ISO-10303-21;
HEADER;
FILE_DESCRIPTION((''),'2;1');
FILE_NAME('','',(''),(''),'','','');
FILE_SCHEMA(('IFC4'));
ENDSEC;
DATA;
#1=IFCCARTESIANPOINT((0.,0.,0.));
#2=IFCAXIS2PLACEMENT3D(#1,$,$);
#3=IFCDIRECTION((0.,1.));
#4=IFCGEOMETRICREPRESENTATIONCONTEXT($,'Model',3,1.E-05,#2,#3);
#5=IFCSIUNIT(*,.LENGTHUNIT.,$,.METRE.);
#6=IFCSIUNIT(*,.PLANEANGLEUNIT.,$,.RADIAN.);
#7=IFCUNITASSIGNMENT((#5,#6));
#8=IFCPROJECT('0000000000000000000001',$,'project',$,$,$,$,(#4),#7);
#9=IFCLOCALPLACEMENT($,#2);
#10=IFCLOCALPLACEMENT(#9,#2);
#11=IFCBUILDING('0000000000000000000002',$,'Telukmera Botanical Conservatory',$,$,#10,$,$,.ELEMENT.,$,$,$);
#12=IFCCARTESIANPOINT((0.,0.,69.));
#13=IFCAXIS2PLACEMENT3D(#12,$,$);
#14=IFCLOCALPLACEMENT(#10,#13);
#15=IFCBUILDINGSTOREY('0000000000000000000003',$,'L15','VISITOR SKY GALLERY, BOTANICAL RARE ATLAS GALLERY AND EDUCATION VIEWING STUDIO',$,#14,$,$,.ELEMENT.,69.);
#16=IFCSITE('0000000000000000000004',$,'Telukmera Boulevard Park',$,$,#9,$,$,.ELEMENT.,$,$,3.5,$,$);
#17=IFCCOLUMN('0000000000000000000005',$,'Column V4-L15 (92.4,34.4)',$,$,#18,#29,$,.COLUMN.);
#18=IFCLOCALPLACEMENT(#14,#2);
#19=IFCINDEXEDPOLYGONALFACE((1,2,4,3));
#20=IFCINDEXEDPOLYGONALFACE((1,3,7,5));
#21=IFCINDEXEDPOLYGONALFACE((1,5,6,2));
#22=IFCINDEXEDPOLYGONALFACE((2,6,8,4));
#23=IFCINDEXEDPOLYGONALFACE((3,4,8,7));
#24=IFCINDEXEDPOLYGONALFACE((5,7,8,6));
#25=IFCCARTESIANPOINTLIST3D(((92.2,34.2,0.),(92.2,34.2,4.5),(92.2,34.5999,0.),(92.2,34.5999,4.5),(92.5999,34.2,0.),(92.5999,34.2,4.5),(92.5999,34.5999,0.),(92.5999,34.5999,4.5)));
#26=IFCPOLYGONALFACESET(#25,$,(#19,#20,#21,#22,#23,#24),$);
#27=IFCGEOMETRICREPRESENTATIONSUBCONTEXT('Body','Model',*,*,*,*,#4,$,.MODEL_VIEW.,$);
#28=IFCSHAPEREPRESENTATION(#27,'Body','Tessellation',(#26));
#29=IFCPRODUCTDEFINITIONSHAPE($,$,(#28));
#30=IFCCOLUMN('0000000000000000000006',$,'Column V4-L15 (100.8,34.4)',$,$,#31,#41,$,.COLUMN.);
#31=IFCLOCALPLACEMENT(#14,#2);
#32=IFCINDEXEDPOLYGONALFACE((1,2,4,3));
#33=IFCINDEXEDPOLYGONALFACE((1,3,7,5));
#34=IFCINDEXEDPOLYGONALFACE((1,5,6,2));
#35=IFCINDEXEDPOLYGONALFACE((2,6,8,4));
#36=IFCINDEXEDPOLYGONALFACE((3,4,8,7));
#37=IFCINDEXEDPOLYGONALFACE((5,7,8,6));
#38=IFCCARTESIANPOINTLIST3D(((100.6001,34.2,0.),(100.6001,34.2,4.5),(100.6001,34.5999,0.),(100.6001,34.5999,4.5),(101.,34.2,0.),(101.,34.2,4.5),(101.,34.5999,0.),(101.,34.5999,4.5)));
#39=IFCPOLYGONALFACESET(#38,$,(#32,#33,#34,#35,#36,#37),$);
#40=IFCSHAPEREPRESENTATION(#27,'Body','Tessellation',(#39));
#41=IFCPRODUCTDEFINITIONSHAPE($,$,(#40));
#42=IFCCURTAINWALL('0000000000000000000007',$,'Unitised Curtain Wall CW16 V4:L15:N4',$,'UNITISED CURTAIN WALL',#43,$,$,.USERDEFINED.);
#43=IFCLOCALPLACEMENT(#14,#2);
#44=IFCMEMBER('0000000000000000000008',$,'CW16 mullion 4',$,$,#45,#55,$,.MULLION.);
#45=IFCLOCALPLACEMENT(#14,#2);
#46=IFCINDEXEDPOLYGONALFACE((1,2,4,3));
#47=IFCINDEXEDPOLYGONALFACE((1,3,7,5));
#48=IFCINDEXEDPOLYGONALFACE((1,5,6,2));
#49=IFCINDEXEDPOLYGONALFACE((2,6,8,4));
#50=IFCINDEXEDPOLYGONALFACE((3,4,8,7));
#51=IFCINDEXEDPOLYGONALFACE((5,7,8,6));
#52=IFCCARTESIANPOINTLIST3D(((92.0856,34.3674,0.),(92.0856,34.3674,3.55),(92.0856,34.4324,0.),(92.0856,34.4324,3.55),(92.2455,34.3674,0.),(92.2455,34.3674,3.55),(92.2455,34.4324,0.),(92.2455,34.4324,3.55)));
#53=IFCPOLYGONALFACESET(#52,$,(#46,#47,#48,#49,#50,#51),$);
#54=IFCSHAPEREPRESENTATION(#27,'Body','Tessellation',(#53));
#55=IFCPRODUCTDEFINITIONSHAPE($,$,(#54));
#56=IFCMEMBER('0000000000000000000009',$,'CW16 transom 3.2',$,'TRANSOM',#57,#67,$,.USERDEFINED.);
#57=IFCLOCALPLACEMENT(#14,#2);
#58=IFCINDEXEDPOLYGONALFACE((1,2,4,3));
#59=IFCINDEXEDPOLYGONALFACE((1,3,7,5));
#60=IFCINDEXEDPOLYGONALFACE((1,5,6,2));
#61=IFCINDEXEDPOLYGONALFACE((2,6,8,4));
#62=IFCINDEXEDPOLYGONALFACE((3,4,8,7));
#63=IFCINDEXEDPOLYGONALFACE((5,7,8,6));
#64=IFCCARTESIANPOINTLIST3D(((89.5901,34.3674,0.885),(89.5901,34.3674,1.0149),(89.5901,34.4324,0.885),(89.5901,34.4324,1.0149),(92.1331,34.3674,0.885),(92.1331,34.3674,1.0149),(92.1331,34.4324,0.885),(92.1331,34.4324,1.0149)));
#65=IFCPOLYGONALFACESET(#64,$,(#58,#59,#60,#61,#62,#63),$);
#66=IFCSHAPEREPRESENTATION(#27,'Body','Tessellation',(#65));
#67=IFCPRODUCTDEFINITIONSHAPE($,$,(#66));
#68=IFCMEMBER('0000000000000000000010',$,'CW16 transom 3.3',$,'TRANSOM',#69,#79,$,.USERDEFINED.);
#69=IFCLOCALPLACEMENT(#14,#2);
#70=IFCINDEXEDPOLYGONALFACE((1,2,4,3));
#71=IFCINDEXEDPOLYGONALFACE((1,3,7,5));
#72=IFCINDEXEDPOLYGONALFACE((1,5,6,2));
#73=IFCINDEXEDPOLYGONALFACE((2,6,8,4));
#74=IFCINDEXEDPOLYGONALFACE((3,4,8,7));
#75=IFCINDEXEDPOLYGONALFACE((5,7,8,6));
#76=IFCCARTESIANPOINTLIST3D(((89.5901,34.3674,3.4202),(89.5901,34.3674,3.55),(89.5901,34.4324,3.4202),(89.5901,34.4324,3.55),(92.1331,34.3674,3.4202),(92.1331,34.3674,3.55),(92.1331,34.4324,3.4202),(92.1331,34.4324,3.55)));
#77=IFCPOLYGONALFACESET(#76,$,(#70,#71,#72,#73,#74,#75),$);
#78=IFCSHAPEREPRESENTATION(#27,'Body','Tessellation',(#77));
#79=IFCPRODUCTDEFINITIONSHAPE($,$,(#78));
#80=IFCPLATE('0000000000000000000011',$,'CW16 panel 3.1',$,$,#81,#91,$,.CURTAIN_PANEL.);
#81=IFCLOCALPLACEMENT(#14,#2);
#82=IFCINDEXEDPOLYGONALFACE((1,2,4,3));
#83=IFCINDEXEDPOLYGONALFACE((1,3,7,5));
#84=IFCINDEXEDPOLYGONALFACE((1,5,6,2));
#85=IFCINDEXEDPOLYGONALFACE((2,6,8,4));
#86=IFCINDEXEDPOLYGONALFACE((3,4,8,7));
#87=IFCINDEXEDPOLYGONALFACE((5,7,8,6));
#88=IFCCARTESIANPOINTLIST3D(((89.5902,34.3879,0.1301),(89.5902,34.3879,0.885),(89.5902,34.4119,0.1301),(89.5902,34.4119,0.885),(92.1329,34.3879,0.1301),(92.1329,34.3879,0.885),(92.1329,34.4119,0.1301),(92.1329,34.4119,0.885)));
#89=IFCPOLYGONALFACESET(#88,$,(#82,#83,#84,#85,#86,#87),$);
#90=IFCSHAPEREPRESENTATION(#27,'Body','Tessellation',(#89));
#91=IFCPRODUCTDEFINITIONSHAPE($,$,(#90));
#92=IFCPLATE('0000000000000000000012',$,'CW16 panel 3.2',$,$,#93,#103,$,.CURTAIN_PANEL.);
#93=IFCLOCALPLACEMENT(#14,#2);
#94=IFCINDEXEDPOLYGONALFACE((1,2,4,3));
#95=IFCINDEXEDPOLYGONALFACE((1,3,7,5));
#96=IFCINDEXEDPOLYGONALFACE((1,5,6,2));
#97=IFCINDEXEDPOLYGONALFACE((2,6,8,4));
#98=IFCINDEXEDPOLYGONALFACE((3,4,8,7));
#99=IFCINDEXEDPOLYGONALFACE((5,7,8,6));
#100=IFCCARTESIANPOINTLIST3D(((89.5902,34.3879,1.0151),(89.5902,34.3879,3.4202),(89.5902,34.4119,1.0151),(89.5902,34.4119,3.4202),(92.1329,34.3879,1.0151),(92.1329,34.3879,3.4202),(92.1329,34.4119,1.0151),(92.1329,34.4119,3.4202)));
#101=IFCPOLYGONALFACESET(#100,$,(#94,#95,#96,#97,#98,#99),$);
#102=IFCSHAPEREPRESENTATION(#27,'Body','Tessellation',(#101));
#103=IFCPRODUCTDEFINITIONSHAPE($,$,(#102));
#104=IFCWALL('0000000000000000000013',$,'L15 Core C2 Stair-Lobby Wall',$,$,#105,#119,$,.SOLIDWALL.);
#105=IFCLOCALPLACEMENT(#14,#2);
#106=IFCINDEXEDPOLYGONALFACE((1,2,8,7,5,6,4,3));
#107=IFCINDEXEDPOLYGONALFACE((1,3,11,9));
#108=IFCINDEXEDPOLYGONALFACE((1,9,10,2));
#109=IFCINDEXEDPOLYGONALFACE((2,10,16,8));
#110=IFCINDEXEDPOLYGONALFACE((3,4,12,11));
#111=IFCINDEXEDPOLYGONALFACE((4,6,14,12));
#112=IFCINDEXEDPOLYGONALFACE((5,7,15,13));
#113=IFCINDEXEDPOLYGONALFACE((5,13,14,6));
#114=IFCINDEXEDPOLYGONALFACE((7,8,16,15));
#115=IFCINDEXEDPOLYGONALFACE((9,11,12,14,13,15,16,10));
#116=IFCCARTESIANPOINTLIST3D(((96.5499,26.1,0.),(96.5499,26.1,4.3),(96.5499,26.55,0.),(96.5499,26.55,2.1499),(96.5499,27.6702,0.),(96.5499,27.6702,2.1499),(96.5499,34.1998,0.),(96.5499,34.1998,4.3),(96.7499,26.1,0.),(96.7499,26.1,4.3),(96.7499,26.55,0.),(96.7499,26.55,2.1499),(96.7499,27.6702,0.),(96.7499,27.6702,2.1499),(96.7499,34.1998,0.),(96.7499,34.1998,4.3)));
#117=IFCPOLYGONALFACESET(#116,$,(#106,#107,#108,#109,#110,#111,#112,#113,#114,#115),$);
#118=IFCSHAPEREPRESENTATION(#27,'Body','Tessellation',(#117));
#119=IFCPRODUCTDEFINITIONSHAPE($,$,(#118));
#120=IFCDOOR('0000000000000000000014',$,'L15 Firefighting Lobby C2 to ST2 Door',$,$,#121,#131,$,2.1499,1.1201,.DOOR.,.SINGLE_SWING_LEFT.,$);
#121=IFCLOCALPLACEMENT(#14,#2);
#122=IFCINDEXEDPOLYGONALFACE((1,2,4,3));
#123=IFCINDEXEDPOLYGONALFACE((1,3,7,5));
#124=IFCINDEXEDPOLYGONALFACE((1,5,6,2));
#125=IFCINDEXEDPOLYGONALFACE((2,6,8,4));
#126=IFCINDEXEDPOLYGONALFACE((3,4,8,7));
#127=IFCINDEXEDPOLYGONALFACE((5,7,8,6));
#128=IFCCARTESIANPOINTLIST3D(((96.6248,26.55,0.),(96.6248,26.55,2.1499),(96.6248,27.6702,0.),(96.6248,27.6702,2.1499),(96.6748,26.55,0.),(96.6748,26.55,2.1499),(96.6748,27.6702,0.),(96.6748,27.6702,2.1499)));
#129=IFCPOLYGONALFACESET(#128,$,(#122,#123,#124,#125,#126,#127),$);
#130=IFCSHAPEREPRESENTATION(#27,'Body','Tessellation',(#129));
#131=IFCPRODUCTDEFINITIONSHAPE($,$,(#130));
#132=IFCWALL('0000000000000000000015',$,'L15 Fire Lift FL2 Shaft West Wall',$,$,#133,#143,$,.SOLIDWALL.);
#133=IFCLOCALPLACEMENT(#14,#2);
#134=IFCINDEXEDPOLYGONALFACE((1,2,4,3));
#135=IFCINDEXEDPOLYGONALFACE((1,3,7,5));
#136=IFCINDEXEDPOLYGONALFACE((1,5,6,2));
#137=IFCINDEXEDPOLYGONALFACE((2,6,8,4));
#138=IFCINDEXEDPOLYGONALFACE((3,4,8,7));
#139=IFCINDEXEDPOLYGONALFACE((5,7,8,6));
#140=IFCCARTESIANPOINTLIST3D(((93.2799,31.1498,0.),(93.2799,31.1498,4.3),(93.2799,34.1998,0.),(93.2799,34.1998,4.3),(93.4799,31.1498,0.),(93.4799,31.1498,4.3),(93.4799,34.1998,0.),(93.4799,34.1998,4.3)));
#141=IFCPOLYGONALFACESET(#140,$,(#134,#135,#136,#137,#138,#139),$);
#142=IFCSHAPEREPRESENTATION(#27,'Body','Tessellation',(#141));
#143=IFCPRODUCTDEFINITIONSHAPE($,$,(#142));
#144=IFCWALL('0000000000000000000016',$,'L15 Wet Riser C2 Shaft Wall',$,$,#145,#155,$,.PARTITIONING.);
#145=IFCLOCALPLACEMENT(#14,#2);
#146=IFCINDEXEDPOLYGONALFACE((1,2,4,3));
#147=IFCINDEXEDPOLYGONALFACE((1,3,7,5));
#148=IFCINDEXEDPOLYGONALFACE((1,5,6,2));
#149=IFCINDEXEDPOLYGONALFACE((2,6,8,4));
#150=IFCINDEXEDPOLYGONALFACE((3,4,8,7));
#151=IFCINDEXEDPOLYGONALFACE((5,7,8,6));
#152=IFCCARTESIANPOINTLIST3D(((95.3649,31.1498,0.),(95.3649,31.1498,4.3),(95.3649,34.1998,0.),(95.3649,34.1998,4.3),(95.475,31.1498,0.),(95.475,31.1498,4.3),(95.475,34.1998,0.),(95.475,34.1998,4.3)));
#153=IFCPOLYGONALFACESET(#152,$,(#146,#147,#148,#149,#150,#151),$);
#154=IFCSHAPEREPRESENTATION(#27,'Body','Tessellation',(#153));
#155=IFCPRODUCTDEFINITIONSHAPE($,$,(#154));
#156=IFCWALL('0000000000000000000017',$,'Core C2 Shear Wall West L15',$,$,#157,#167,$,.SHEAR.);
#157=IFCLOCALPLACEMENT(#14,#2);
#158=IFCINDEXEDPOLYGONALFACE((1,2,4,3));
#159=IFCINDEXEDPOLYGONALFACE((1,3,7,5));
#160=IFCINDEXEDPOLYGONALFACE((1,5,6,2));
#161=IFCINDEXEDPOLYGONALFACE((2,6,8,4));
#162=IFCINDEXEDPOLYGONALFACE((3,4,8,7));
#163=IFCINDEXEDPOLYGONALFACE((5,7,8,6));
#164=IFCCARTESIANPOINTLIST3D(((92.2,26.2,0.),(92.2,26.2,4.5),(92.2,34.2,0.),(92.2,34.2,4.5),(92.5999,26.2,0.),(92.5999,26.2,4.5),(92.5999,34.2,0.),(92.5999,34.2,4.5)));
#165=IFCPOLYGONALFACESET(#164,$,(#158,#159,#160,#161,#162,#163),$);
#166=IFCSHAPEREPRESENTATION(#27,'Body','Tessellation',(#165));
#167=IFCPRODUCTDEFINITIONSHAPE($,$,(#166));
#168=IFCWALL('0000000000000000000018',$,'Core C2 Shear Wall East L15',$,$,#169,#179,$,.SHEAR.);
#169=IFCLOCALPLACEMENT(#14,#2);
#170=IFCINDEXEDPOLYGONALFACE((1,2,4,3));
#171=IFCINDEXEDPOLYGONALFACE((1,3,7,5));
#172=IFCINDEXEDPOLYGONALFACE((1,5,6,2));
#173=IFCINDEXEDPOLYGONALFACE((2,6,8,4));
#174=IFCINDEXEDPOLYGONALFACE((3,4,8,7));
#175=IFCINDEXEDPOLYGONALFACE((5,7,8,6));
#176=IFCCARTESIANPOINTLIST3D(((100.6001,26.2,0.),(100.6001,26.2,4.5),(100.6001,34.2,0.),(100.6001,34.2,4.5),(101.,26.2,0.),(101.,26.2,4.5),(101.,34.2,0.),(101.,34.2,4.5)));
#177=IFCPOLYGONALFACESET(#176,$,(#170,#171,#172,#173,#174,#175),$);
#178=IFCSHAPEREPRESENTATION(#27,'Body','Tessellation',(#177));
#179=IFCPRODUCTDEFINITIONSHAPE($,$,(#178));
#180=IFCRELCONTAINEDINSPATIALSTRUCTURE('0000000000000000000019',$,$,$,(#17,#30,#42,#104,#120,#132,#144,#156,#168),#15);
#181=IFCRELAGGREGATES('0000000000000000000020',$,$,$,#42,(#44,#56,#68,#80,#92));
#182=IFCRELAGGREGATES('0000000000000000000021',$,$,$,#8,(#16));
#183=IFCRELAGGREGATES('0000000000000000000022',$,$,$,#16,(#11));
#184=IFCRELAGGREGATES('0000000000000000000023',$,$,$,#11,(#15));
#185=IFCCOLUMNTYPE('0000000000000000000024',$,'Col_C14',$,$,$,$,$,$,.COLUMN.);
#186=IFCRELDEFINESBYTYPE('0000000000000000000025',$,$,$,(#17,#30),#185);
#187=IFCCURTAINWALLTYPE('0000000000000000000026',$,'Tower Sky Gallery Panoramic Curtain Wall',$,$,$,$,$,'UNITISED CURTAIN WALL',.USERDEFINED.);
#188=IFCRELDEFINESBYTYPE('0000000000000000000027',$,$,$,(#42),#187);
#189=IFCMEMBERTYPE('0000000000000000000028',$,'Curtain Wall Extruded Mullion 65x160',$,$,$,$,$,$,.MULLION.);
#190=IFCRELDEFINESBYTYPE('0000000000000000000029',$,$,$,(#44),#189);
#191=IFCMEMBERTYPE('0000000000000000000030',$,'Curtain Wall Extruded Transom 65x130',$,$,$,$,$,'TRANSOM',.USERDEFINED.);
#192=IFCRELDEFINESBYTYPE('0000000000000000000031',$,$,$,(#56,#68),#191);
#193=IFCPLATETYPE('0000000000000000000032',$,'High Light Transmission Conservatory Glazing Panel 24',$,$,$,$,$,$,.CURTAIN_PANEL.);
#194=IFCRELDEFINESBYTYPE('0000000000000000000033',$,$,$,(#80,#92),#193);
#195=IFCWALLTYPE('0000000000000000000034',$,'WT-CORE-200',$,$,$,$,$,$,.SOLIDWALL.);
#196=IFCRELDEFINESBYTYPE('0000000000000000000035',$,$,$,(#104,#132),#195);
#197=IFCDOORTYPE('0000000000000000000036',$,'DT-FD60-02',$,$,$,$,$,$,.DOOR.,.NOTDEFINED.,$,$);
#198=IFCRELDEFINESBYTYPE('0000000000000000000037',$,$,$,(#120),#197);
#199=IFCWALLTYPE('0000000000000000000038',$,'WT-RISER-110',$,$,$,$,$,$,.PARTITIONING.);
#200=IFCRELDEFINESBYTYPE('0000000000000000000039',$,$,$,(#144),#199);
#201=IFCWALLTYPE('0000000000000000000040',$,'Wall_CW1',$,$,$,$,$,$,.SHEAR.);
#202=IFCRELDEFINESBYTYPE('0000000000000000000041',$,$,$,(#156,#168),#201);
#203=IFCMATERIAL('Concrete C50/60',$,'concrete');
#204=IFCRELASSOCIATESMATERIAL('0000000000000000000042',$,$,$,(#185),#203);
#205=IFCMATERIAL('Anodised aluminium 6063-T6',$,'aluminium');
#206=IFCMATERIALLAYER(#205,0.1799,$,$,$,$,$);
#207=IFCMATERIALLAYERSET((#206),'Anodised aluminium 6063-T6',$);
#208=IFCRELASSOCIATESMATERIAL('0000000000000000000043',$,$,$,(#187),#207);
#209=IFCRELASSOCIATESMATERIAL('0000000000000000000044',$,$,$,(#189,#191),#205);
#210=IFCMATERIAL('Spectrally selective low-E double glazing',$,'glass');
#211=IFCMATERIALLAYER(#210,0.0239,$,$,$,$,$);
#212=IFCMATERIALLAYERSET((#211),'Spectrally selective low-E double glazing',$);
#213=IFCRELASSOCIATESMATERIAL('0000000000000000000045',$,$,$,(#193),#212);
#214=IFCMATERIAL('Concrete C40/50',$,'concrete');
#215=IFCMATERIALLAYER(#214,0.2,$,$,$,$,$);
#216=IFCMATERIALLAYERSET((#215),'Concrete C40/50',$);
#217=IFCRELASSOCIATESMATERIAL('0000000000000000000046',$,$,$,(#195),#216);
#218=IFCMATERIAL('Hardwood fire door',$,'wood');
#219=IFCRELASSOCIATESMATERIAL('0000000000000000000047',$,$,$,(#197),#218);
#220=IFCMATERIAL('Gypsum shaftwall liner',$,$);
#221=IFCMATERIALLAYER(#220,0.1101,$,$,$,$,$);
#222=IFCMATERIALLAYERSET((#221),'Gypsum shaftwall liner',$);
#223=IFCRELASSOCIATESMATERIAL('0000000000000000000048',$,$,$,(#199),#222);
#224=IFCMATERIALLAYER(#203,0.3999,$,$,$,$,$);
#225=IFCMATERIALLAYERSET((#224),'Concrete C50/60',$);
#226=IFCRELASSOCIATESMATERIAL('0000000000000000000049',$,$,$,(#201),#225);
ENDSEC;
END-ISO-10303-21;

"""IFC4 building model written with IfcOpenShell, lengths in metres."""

from ifc_helpers import new_model, si_unit, direction, frame, frame_2d, origin, origin_2d, place, context, subcontext, project, spatial, rectangle, extrude, material, layer, layer_set, material_profile, profile_set, type_object, element, fill, aggregate, save


model = new_model("IFC4")

# Units and contexts
model_context = context("Model", 3, precision=1e-05, world=origin(), true_north=direction((0.0, 1.0)))
body_context = subcontext(model_context, "Body", "Model", "MODEL_VIEW")
ifc_project = project(units=[si_unit("LENGTHUNIT", "METRE"), si_unit("PLANEANGLEUNIT", "RADIAN")], contexts=[model_context])

# Site, building, storey
site_placement = place(None, origin())
site = spatial("IfcSite", under=ifc_project, at=site_placement, Name="Telukmera Boulevard Park", CompositionType="ELEMENT", RefElevation=3.5)
building_placement = place(site_placement, origin())
building = spatial("IfcBuilding", under=site, at=building_placement, Name="Telukmera Botanical Conservatory", CompositionType="ELEMENT")
storey_placement = place(building_placement, frame((0.0, 0.0, 69.0)))
storey = spatial("IfcBuildingStorey", under=building, at=storey_placement, Name="L15", Description="VISITOR SKY GALLERY, BOTANICAL RARE ATLAS GALLERY AND EDUCATION VIEWING STUDIO", CompositionType="ELEMENT", Elevation=69.0)

# Columns
ifc_material_1 = material(Name="Concrete C50/60", Category="concrete")
ifc_material_profile_1 = material_profile(ifc_material_1, rectangle(XDim=0.3999, YDim=0.3999, at=origin_2d()), Name="RC 400x400")
ifc_profile_set_1 = profile_set([ifc_material_profile_1], Name="Concrete C50/60")
column_type = type_object("IfcColumnType", Name="Col_C14", PredefinedType="COLUMN", material=ifc_profile_set_1)
for number, where, z_axis, x_axis, name in (
    (1, (92.3999, 34.3999, 0.0), (0.0, 0.0, 1.0), (1.0, 0.0, 0.0), "Column V4-L15 (92.4,34.4)"),
    (2, (100.8, 34.3999, 0.0), (0.0, 0.0, 1.0), (1.0, 0.0, 0.0), "Column V4-L15 (100.8,34.4)"),
):
    element("IfcColumn", number, at=place(storey_placement, frame(where, z_axis=z_axis, x_axis=x_axis)), inside=storey, type_object=column_type, Name=name, PredefinedType="COLUMN", context=body_context, shape_type="SweptSolid", body=[
        extrude(rectangle(XDim=0.3999, YDim=0.3999, at=origin_2d()), origin(), (0.0, 0.0, 1.0), 4.5),
    ])

# Curtain wall, members, plates
ifc_material_2 = material(Name="Anodised aluminium 6063-T6", Category="aluminium")
ifc_layer_1 = layer(ifc_material_2, 0.1799)
ifc_layer_set_1 = layer_set([ifc_layer_1], Name="Anodised aluminium 6063-T6")
curtain_wall_type = type_object("IfcCurtainWallType", Name="Tower Sky Gallery Panoramic Curtain Wall", ElementType="UNITISED CURTAIN WALL", PredefinedType="USERDEFINED", material=ifc_layer_set_1)
curtain_wall_placement = place(storey_placement, origin())
curtain_wall = element("IfcCurtainWall", 3, at=curtain_wall_placement, inside=storey, type_object=curtain_wall_type, Name="Unitised Curtain Wall CW16 V4:L15:N4", ObjectType="UNITISED CURTAIN WALL", PredefinedType="USERDEFINED")
ifc_material_profile_2 = material_profile(ifc_material_2, rectangle(XDim=0.0649, YDim=0.1599, at=origin_2d()), Name="ALU MULL 65x160")
ifc_profile_set_2 = profile_set([ifc_material_profile_2], Name="Anodised aluminium 6063-T6")
member_type_1 = type_object("IfcMemberType", Name="Curtain Wall Extruded Mullion 65x160", PredefinedType="MULLION", material=ifc_profile_set_2)
member_1_placement = place(storey_placement, frame((92.1655, 34.3999, 0.0), z_axis=(0.0, 0.0, 1.0), x_axis=(0.0, 1.0, 0.0)))
member_1 = element("IfcMember", 4, at=member_1_placement, type_object=member_type_1, Name="CW16 mullion 4", PredefinedType="MULLION", context=body_context, shape_type="SweptSolid", body=[
    extrude(rectangle(XDim=0.0649, YDim=0.1599, at=origin_2d()), origin(), (0.0, 0.0, 1.0), 3.55),
])
ifc_material_profile_3 = material_profile(ifc_material_2, rectangle(XDim=0.0649, YDim=0.1299, at=origin_2d()), Name="ALU TRAN 65x130")
ifc_profile_set_3 = profile_set([ifc_material_profile_3], Name="Anodised aluminium 6063-T6")
member_type_2 = type_object("IfcMemberType", Name="Curtain Wall Extruded Transom 65x130", ElementType="TRANSOM", PredefinedType="USERDEFINED", material=ifc_profile_set_3)
member_2_placement = place(storey_placement, frame((89.5901, 34.3999, 0.95), z_axis=(1.0, 0.0, 0.0), x_axis=(0.0, 1.0, 0.0)))
member_2 = element("IfcMember", 5, at=member_2_placement, type_object=member_type_2, Name="CW16 transom 3.2", ObjectType="TRANSOM", PredefinedType="USERDEFINED", context=body_context, shape_type="SweptSolid", body=[
    extrude(rectangle(XDim=0.0649, YDim=0.1299, at=origin_2d()), origin(), (0.0, 0.0, 1.0), 2.543),
])
member_3_placement = place(storey_placement, frame((89.5901, 34.3999, 3.4851), z_axis=(1.0, 0.0, 0.0), x_axis=(0.0, 1.0, 0.0)))
member_3 = element("IfcMember", 6, at=member_3_placement, type_object=member_type_2, Name="CW16 transom 3.3", ObjectType="TRANSOM", PredefinedType="USERDEFINED", context=body_context, shape_type="SweptSolid", body=[
    extrude(rectangle(XDim=0.0649, YDim=0.1299, at=origin_2d()), origin(), (0.0, 0.0, 1.0), 2.543),
])
ifc_material_3 = material(Name="Spectrally selective low-E double glazing", Category="glass")
ifc_layer_2 = layer(ifc_material_3, 0.0239)
ifc_layer_set_2 = layer_set([ifc_layer_2], Name="Spectrally selective low-E double glazing")
plate_type = type_object("IfcPlateType", Name="High Light Transmission Conservatory Glazing Panel 24", PredefinedType="CURTAIN_PANEL", material=ifc_layer_set_2)
plate_1_placement = place(storey_placement, frame((90.8616, 34.3999, 0.1301), z_axis=(0.0, 0.0, 1.0), x_axis=(1.0, 0.0, 0.0)))
plate_1 = element("IfcPlate", 7, at=plate_1_placement, type_object=plate_type, Name="CW16 panel 3.1", PredefinedType="CURTAIN_PANEL", context=body_context, shape_type="SweptSolid", body=[
    extrude(rectangle(XDim=2.5427, YDim=0.0239, at=origin_2d()), origin(), (0.0, 0.0, 1.0), 0.7549),
])
plate_2_placement = place(storey_placement, frame((90.8616, 34.3999, 1.0151), z_axis=(0.0, 0.0, 1.0), x_axis=(1.0, 0.0, 0.0)))
plate_2 = element("IfcPlate", 8, at=plate_2_placement, type_object=plate_type, Name="CW16 panel 3.2", PredefinedType="CURTAIN_PANEL", context=body_context, shape_type="SweptSolid", body=[
    extrude(rectangle(XDim=2.5427, YDim=0.0239, at=origin_2d()), origin(), (0.0, 0.0, 1.0), 2.405),
])
aggregate(curtain_wall, [member_1, member_2, member_3, plate_1, plate_2])

# Wall, opening, door
ifc_material_4 = material(Name="Concrete C40/50", Category="concrete")
ifc_layer_3 = layer(ifc_material_4, 0.2)
ifc_layer_set_3 = layer_set([ifc_layer_3], Name="Concrete C40/50")
wall_type_1 = type_object("IfcWallType", Name="WT-CORE-200", PredefinedType="SOLIDWALL", material=ifc_layer_set_3)
wall_1_placement = place(storey_placement, frame((96.6499, 26.1001, 0.0), z_axis=(0.0, 0.0, 1.0), x_axis=(0.0, 1.0, 0.0)))
wall_1 = element("IfcWall", 9, at=wall_1_placement, inside=storey, type_object=wall_type_1, Name="L15 Core C2 Stair-Lobby Wall", PredefinedType="SOLIDWALL", context=body_context, shape_type="SweptSolid", body=[
    extrude(rectangle(XDim=8.0999, YDim=0.2, at=frame_2d((4.0498, 0.0))), origin(), (0.0, 0.0, 1.0), 4.3),
])
opening_1_placement = place(wall_1_placement, frame((0.45, 0.0, 0.0)))
opening_1 = element("IfcOpeningElement", 10, at=opening_1_placement, cuts=wall_1, PredefinedType="OPENING", context=body_context, shape_type="SweptSolid", body=[
    extrude(rectangle(XDim=1.1201, YDim=2.1499, at=frame_2d((0.5601, 1.075))), frame((0.0, 0.1099, 0.0), z_axis=(0.0, -1.0, 0.0), x_axis=(1.0, 0.0, 0.0)), (0.0, 0.0, 1.0), 0.22),
])
ifc_material_5 = material(Name="Hardwood fire door", Category="wood")
door_type_1 = type_object("IfcDoorType", Name="DT-FD60-02", OperationType="NOTDEFINED", PredefinedType="DOOR", material=ifc_material_5)
door_1_placement = place(opening_1_placement, frame((1.1201, 0.0, 0.0), z_axis=(0.0, 0.0, 1.0), x_axis=(-1.0, 0.0, 0.0)))
door_1 = element("IfcDoor", 11, at=door_1_placement, inside=storey, type_object=door_type_1, Name="L15 Firefighting Lobby C2 to ST2 Door", OperationType="SINGLE_SWING_LEFT", OverallHeight=2.1499, OverallWidth=1.1201, PredefinedType="DOOR", context=body_context, shape_type="SweptSolid", body=[
    extrude(rectangle(XDim=1.1201, YDim=2.1499, at=frame_2d((0.5601, 1.075))), frame((0.0, 0.0249, 0.0), z_axis=(0.0, -1.0, 0.0), x_axis=(1.0, 0.0, 0.0)), (0.0, 0.0, 1.0), 0.05),
])
fill(opening_1, door_1)

# Walls
wall_2_placement = place(storey_placement, frame((93.3799, 31.1499, 0.0), z_axis=(0.0, 0.0, 1.0), x_axis=(0.0, 1.0, 0.0)))
element("IfcWall", 12, at=wall_2_placement, inside=storey, type_object=wall_type_1, Name="L15 Fire Lift FL2 Shaft West Wall", PredefinedType="SOLIDWALL", context=body_context, shape_type="SweptSolid", body=[
    extrude(rectangle(XDim=3.05, YDim=0.2, at=frame_2d((1.5249, 0.0))), origin(), (0.0, 0.0, 1.0), 4.3),
])
ifc_material_6 = material(Name="Gypsum shaftwall liner")
ifc_layer_4 = layer(ifc_material_6, 0.1101)
ifc_layer_set_4 = layer_set([ifc_layer_4], Name="Gypsum shaftwall liner")
wall_type_2 = type_object("IfcWallType", Name="WT-RISER-110", PredefinedType="PARTITIONING", material=ifc_layer_set_4)
wall_3_placement = place(storey_placement, frame((95.4199, 31.1499, 0.0), z_axis=(0.0, 0.0, 1.0), x_axis=(0.0, 1.0, 0.0)))
element("IfcWall", 13, at=wall_3_placement, inside=storey, type_object=wall_type_2, Name="L15 Wet Riser C2 Shaft Wall", PredefinedType="PARTITIONING", context=body_context, shape_type="SweptSolid", body=[
    extrude(rectangle(XDim=3.05, YDim=0.1101, at=frame_2d((1.5249, 0.0))), origin(), (0.0, 0.0, 1.0), 4.3),
])
ifc_layer_5 = layer(ifc_material_1, 0.3999)
ifc_layer_set_5 = layer_set([ifc_layer_5], Name="Concrete C50/60")
wall_type_3 = type_object("IfcWallType", Name="Wall_CW1", PredefinedType="SHEAR", material=ifc_layer_set_5)
for number, where, z_axis, x_axis, name in (
    (14, (92.3999, 26.2, 0.0), (0.0, 0.0, 1.0), (0.0, 1.0, 0.0), "Core C2 Shear Wall West L15"),
    (15, (100.8, 26.2, 0.0), (0.0, 0.0, 1.0), (0.0, 1.0, 0.0), "Core C2 Shear Wall East L15"),
):
    element("IfcWall", number, at=place(storey_placement, frame(where, z_axis=z_axis, x_axis=x_axis)), inside=storey, type_object=wall_type_3, Name=name, PredefinedType="SHEAR", context=body_context, shape_type="SweptSolid", body=[
        extrude(rectangle(XDim=8.0, YDim=0.3999, at=frame_2d((4.0, 0.0))), origin(), (0.0, 0.0, 1.0), 4.5),
    ])

save(model, "model.ifc")
